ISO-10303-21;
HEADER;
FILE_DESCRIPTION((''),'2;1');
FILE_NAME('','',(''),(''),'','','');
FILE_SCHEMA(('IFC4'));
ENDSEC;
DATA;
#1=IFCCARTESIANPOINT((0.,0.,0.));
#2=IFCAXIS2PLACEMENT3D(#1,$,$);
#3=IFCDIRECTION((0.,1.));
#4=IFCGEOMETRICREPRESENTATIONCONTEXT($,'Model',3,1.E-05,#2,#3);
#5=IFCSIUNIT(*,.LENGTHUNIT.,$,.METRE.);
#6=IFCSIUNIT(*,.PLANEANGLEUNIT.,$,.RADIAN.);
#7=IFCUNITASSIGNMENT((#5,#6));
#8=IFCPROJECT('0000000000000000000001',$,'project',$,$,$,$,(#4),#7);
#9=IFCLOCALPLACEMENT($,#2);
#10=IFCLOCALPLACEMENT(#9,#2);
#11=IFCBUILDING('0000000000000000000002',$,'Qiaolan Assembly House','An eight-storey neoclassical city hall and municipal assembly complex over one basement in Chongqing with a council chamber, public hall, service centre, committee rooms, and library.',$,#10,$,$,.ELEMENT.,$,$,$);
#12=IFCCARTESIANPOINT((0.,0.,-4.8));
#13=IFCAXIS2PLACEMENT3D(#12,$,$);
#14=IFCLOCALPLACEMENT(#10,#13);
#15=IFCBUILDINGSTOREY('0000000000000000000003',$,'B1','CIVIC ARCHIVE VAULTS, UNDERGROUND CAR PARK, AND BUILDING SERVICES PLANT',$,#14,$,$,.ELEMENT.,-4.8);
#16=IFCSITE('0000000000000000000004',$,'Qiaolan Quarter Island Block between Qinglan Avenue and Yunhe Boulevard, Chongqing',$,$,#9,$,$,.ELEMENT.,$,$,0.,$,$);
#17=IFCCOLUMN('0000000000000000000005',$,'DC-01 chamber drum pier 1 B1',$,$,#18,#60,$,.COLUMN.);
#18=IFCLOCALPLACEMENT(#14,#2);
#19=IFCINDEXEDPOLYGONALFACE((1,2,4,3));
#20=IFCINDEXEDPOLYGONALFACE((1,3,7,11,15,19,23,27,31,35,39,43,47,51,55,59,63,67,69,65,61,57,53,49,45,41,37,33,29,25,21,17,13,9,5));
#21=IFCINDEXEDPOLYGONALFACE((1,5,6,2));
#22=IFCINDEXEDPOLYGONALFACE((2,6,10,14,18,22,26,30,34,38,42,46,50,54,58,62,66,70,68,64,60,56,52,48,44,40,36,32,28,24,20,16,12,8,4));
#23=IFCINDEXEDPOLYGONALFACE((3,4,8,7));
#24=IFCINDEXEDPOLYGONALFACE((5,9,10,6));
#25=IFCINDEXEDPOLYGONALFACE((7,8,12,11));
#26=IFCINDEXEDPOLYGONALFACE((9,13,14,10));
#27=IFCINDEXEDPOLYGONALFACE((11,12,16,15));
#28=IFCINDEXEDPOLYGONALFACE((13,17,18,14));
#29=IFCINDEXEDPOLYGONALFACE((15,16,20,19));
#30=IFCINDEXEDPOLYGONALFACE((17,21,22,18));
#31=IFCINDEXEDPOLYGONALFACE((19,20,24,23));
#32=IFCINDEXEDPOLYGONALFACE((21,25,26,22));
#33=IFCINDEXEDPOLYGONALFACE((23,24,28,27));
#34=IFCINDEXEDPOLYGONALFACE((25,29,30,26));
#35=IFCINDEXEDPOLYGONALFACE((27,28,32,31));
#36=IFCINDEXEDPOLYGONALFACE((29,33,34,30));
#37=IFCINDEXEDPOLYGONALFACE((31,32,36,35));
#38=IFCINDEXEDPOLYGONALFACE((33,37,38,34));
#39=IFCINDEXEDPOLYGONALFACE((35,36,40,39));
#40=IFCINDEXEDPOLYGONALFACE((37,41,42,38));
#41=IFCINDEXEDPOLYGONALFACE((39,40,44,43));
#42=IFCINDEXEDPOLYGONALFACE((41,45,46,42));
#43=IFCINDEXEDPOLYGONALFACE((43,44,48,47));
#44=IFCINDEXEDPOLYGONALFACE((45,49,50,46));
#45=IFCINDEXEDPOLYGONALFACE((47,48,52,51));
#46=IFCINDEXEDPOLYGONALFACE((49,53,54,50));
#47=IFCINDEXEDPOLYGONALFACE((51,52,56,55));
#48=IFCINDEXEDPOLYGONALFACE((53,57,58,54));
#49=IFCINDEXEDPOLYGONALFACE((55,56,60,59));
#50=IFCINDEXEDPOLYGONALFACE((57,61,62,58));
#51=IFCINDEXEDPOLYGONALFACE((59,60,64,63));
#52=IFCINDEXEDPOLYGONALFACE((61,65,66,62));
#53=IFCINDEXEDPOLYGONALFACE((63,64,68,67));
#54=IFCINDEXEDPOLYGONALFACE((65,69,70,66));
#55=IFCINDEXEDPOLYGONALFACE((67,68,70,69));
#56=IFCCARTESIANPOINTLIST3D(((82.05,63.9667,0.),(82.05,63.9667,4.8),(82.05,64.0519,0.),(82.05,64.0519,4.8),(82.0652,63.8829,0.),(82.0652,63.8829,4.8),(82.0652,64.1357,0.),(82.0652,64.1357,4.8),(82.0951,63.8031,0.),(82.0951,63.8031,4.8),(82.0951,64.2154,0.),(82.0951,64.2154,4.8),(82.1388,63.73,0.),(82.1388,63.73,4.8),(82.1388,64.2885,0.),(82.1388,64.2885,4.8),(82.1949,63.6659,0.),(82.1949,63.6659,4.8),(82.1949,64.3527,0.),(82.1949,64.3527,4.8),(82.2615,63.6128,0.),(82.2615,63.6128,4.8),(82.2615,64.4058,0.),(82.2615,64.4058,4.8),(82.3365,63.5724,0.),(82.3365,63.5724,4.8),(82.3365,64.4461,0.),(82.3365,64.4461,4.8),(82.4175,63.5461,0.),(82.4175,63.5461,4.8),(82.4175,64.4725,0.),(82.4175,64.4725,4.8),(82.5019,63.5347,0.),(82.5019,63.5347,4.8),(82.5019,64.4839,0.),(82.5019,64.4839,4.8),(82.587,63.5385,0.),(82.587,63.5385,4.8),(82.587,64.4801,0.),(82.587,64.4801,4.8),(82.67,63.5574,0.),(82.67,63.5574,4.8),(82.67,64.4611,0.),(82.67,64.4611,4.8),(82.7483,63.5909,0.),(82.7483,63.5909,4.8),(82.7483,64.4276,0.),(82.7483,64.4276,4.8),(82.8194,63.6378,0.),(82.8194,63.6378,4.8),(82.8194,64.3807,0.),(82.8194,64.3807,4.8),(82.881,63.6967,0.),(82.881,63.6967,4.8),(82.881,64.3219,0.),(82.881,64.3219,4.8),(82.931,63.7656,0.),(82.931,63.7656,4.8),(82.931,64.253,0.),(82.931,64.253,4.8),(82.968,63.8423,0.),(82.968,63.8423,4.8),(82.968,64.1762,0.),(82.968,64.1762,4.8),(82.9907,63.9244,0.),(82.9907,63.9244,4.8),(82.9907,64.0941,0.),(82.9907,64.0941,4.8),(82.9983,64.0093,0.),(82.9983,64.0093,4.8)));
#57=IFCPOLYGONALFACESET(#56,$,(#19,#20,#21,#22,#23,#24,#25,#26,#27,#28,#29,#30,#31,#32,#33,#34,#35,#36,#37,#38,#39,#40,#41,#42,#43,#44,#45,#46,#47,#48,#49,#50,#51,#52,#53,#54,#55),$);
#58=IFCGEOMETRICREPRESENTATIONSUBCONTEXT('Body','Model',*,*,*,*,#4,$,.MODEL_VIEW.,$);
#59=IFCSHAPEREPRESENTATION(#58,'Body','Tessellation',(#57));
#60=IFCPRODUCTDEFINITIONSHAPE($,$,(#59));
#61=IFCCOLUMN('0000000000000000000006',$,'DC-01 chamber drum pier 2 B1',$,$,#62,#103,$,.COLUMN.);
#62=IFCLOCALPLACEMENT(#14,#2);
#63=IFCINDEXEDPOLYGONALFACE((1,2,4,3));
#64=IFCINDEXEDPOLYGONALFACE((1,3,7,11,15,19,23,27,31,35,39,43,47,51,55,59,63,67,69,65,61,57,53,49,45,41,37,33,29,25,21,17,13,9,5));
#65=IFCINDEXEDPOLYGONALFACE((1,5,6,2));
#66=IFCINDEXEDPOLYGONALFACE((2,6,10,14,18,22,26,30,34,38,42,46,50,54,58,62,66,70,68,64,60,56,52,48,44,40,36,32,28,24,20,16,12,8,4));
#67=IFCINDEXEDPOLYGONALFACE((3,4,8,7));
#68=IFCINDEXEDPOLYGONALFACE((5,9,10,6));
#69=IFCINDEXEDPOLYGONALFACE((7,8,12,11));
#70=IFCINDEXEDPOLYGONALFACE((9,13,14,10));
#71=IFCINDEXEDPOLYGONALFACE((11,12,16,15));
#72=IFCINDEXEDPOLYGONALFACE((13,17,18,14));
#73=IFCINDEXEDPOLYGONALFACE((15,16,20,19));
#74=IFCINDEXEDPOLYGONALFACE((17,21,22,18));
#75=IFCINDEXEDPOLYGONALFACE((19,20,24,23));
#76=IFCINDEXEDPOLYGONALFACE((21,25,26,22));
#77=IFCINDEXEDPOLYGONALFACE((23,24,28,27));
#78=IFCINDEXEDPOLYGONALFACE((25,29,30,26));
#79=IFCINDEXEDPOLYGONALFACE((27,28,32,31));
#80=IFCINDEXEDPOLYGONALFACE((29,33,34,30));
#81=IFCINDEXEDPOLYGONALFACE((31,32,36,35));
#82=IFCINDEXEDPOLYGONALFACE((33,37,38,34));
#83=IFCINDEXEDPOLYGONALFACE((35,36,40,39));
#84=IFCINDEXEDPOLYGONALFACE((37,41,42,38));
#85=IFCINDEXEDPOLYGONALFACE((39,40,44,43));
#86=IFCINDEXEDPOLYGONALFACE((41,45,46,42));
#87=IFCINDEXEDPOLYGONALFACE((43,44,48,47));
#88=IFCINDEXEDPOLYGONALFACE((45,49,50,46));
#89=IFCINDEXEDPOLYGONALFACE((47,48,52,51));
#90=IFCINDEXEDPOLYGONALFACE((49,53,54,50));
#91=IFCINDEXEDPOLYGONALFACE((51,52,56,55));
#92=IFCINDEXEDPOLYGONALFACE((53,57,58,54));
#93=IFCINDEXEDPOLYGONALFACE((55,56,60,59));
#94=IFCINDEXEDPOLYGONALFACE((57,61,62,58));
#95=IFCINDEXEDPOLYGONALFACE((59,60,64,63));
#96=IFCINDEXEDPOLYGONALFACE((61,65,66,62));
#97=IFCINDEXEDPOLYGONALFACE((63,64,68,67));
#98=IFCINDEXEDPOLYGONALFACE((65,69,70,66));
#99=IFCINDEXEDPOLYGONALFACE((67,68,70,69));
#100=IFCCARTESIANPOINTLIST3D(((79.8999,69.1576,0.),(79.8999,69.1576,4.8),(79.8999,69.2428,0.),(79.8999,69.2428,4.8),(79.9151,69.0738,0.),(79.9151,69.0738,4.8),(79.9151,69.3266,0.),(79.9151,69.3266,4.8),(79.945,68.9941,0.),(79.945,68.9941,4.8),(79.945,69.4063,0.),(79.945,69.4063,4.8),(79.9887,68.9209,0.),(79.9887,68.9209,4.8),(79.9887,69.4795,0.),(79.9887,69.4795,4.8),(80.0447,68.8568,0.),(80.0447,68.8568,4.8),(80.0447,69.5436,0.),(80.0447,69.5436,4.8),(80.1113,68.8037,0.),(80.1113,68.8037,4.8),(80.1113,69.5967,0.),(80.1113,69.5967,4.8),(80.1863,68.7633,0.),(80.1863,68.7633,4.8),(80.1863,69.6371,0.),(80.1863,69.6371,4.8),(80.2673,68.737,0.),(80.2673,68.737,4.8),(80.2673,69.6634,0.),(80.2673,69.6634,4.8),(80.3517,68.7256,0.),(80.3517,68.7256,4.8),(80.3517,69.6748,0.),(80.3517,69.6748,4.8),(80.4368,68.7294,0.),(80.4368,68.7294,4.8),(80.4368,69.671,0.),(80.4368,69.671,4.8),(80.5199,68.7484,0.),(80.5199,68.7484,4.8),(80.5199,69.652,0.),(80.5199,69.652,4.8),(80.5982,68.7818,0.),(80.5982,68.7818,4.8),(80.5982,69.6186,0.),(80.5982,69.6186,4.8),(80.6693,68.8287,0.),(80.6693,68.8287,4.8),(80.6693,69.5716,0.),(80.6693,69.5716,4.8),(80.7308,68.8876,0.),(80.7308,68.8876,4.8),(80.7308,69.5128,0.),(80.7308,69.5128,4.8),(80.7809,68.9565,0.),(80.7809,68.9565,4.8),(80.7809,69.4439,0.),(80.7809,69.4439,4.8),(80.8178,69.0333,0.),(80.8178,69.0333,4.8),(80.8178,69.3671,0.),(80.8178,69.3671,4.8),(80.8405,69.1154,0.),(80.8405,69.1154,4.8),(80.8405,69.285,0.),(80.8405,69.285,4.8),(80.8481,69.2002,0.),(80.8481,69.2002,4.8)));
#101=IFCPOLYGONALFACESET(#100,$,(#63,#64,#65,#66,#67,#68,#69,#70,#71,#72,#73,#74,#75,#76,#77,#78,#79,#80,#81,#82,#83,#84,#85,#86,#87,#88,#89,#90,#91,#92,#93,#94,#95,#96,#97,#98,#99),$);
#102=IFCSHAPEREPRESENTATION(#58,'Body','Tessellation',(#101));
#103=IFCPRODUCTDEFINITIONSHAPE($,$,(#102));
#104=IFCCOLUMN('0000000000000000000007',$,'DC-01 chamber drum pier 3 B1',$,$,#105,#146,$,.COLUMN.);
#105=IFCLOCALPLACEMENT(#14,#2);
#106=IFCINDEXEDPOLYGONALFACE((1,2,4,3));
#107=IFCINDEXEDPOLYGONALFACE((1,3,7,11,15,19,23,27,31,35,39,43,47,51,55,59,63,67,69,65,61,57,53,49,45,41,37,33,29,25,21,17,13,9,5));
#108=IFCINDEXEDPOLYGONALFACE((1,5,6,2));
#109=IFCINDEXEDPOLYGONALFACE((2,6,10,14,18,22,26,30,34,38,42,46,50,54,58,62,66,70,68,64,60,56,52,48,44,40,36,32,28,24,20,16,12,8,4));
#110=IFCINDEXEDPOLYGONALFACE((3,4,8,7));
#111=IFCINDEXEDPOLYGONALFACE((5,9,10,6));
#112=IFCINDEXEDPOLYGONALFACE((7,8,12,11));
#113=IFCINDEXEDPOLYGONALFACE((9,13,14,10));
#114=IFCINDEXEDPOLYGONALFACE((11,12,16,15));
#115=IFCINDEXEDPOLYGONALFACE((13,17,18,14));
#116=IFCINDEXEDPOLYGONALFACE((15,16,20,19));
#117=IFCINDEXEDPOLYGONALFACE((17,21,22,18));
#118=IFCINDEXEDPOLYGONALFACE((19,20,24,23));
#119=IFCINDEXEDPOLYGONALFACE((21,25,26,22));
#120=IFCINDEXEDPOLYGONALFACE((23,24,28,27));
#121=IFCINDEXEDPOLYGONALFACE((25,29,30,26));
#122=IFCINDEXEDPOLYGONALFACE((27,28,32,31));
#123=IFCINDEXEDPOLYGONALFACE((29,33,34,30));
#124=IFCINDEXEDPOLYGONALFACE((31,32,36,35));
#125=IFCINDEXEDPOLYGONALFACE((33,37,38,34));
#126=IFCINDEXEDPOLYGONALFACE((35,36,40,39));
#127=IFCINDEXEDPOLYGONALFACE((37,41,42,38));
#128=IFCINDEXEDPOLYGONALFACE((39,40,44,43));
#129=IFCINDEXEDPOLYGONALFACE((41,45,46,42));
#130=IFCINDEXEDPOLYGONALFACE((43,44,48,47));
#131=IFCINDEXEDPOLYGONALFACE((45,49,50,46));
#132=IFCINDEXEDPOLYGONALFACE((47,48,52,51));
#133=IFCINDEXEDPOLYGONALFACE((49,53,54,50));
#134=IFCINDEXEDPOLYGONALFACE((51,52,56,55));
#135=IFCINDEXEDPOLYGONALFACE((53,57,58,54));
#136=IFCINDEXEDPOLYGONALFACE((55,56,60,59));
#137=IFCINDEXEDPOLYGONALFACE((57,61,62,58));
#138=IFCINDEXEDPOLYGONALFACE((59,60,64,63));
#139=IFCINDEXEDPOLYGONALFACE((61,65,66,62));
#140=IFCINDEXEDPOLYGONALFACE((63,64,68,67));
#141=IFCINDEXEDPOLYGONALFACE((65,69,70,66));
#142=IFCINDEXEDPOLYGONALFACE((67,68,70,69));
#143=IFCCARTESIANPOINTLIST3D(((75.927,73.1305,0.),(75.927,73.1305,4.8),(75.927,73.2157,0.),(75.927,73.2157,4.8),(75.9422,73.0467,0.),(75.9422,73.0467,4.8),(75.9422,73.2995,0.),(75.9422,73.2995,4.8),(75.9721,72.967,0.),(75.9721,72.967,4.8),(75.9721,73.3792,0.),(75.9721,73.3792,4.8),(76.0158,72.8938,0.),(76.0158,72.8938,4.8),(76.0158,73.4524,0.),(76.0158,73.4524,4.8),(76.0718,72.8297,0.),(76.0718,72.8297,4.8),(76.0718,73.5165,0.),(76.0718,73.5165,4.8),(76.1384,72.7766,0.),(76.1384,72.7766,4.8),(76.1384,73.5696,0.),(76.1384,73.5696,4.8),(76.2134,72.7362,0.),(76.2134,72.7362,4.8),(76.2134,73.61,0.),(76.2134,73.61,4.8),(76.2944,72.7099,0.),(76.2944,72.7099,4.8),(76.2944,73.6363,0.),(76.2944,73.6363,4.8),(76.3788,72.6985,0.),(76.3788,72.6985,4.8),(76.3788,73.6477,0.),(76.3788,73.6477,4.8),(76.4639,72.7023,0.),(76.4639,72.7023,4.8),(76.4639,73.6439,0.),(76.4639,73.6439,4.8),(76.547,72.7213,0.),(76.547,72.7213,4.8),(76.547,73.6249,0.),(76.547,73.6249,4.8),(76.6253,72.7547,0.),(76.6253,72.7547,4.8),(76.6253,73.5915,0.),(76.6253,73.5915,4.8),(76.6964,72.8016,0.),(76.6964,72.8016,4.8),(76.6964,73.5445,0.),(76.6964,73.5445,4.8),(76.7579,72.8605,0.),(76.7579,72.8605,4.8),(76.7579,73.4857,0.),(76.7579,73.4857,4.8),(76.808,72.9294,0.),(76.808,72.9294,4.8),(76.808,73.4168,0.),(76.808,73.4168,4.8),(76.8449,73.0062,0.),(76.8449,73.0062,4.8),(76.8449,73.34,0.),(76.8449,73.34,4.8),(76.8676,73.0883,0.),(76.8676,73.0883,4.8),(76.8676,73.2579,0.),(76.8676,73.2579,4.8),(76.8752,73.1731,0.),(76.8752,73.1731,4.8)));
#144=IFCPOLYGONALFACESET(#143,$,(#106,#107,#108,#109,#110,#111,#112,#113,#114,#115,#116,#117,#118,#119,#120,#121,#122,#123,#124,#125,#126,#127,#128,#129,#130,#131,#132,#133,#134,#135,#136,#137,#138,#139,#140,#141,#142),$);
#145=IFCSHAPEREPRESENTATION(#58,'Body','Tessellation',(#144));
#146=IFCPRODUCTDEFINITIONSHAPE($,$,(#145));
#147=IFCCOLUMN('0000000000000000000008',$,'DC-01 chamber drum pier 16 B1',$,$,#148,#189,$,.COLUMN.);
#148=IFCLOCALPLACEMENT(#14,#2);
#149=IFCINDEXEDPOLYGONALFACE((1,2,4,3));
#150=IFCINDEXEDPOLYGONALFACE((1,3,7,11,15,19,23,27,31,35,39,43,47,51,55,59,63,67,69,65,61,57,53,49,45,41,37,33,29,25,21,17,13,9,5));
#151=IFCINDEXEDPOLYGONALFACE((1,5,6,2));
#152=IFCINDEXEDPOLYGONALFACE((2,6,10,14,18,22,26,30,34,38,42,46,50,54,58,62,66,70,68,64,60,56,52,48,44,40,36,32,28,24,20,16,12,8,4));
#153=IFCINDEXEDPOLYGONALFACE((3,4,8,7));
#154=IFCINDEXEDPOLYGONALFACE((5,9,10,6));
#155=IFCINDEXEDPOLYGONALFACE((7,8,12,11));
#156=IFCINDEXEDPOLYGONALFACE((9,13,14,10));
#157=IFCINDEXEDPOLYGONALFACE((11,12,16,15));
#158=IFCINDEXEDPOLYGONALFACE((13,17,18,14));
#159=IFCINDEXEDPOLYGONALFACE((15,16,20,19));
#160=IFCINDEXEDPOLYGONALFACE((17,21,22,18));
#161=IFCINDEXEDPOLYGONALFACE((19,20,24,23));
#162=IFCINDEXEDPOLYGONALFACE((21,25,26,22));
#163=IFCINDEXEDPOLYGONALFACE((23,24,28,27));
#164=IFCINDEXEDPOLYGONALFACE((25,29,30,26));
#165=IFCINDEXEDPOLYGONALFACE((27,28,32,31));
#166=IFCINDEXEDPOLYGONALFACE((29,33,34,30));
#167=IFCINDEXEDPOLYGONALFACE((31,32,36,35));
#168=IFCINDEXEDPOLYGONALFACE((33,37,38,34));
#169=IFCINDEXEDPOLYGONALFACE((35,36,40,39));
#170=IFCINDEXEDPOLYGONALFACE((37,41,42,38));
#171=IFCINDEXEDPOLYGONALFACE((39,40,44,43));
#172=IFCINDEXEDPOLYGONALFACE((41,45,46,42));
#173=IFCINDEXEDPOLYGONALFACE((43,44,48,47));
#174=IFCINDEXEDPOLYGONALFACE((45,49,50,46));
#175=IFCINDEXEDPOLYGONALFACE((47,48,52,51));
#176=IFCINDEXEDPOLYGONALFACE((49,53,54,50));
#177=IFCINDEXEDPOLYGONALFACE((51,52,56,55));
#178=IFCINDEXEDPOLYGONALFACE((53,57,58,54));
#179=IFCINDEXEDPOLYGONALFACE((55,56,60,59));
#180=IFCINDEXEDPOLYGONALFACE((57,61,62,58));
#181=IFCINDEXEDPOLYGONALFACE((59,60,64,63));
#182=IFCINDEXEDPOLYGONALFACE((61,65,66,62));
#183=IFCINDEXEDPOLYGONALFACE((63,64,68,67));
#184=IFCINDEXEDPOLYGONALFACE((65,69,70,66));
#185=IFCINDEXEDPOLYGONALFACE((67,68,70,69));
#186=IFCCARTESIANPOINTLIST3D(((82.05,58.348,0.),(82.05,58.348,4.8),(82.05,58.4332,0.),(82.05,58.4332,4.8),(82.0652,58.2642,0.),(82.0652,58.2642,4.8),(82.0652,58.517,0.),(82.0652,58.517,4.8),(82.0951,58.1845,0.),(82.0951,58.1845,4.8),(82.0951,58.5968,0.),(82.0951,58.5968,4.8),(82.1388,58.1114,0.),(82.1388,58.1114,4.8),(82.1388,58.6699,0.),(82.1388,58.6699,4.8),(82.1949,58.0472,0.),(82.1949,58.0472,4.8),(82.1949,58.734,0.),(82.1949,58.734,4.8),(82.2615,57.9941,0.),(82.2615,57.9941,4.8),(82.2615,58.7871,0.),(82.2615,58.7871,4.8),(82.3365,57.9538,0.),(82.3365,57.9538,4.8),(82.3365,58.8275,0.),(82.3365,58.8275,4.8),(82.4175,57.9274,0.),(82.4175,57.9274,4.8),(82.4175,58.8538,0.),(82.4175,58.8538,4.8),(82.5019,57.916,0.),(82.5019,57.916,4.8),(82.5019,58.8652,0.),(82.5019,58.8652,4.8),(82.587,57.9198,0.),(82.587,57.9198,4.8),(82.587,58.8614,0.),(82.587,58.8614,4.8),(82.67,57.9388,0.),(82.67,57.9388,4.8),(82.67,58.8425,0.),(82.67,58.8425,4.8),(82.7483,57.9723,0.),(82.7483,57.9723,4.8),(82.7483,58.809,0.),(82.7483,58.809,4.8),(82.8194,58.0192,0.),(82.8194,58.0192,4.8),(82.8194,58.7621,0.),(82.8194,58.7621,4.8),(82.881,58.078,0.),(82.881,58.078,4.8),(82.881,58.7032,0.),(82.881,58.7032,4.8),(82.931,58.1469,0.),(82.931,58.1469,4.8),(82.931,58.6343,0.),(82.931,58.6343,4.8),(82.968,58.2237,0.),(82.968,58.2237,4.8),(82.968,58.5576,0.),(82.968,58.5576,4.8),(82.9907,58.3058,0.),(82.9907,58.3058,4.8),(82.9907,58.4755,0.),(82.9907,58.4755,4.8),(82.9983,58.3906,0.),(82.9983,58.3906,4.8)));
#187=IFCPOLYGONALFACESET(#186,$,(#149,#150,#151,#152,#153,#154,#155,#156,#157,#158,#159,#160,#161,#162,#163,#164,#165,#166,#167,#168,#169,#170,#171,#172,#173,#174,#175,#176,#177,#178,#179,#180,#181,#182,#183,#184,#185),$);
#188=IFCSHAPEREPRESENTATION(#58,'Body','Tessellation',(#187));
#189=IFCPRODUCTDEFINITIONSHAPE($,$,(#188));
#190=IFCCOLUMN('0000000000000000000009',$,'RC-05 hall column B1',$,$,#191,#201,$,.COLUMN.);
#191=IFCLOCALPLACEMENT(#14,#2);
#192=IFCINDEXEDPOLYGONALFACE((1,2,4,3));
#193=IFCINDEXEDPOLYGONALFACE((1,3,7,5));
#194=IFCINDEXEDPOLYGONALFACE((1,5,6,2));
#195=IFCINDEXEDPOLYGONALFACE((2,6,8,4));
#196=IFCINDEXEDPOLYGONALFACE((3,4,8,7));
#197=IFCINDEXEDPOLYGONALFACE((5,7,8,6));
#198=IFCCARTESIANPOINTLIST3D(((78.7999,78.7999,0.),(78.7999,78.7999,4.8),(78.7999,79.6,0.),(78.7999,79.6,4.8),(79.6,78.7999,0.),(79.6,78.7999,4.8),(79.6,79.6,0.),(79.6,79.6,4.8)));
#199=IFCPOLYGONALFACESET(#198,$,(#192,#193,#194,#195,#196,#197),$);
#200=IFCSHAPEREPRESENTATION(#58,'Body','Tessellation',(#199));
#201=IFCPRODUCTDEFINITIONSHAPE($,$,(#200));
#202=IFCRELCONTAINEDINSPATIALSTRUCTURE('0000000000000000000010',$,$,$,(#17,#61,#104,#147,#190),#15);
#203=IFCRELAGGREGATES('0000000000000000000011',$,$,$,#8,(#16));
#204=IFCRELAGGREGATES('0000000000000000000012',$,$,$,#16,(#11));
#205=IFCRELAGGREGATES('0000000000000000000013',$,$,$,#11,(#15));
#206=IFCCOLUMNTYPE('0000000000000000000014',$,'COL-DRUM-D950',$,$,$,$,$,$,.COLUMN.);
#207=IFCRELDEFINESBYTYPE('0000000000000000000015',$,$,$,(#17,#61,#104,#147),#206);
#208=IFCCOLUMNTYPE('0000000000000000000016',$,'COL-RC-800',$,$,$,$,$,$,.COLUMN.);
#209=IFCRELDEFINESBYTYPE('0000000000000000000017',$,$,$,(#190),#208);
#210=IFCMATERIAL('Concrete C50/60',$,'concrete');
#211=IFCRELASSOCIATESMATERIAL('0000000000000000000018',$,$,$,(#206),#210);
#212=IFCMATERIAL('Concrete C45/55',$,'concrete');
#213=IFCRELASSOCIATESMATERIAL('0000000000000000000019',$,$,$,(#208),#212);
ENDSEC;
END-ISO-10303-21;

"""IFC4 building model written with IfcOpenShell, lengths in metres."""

from ifc_helpers import new_model, si_unit, direction, frame, origin, origin_2d, place, context, subcontext, project, spatial, rectangle, circle, extrude, material, material_profile, profile_set, type_object, element, save


model = new_model("IFC4")

# Units and contexts
model_context = context("Model", 3, precision=1e-05, world=origin(), true_north=direction((0.0, 1.0)))
body_context = subcontext(model_context, "Body", "Model", "MODEL_VIEW")
ifc_project = project(units=[si_unit("LENGTHUNIT", "METRE"), si_unit("PLANEANGLEUNIT", "RADIAN")], contexts=[model_context])

# Site, building, storey
site_placement = place(None, origin())
site = spatial("IfcSite", under=ifc_project, at=site_placement, Name="Qiaolan Quarter Island Block between Qinglan Avenue and Yunhe Boulevard, Chongqing", CompositionType="ELEMENT", RefElevation=0.0)
building_placement = place(site_placement, origin())
building = spatial("IfcBuilding", under=site, at=building_placement, Name="Qiaolan Assembly House", Description="An eight-storey neoclassical city hall and municipal assembly complex over one basement in Chongqing with a council chamber, public hall, service centre, committee rooms, and library.", CompositionType="ELEMENT")
storey_placement = place(building_placement, frame((0.0, 0.0, -4.8)))
storey = spatial("IfcBuildingStorey", under=building, at=storey_placement, Name="B1", Description="CIVIC ARCHIVE VAULTS, UNDERGROUND CAR PARK, AND BUILDING SERVICES PLANT", CompositionType="ELEMENT", Elevation=-4.8)

# Shared definitions
ifc_material_1 = material(Name="Concrete C45/55", Category="concrete")

# Columns
ifc_material_2 = material(Name="Concrete C50/60", Category="concrete")
ifc_material_profile_1 = material_profile(ifc_material_2, circle(Radius=0.4751, at=origin_2d()), Name="CIRC D950")
ifc_profile_set_1 = profile_set([ifc_material_profile_1], Name="Concrete C50/60")
column_type_1 = type_object("IfcColumnType", Name="COL-DRUM-D950", PredefinedType="COLUMN", material=ifc_profile_set_1)
for number, where, z_axis, x_axis, name in (
    (1, (82.5232, 64.0093, 0.0), (0.0, 0.0, 1.0), (1.0, 0.0, 0.0), "DC-01 chamber drum pier 1 B1"),
    (2, (80.373, 69.2002, 0.0), (0.0, 0.0, 1.0), (1.0, 0.0, 0.0), "DC-01 chamber drum pier 2 B1"),
    (3, (76.4001, 73.1731, 0.0), (0.0, 0.0, 1.0), (1.0, 0.0, 0.0), "DC-01 chamber drum pier 3 B1"),
    (4, (82.5232, 58.3906, 0.0), (0.0, 0.0, 1.0), (1.0, 0.0, 0.0), "DC-01 chamber drum pier 16 B1"),
):
    element("IfcColumn", number, at=place(storey_placement, frame(where, z_axis=z_axis, x_axis=x_axis)), inside=storey, type_object=column_type_1, Name=name, PredefinedType="COLUMN", context=body_context, shape_type="SweptSolid", body=[
        extrude(circle(Radius=0.4751, at=origin_2d()), origin(), (0.0, 0.0, 1.0), 4.8),
    ])
ifc_material_profile_2 = material_profile(ifc_material_1, rectangle(XDim=0.8, YDim=0.8, at=origin_2d()), Name="RC 800x800")
ifc_profile_set_2 = profile_set([ifc_material_profile_2], Name="Concrete C45/55")
column_type_2 = type_object("IfcColumnType", Name="COL-RC-800", PredefinedType="COLUMN", material=ifc_profile_set_2)
column_placement = place(storey_placement, frame((79.2, 79.2, 0.0), z_axis=(0.0, 0.0, 1.0), x_axis=(1.0, 0.0, 0.0)))
element("IfcColumn", 5, at=column_placement, inside=storey, type_object=column_type_2, Name="RC-05 hall column B1", PredefinedType="COLUMN", context=body_context, shape_type="SweptSolid", body=[
    extrude(rectangle(XDim=0.8, YDim=0.8, at=origin_2d()), origin(), (0.0, 0.0, 1.0), 4.8),
])

save(model, "model.ifc")
